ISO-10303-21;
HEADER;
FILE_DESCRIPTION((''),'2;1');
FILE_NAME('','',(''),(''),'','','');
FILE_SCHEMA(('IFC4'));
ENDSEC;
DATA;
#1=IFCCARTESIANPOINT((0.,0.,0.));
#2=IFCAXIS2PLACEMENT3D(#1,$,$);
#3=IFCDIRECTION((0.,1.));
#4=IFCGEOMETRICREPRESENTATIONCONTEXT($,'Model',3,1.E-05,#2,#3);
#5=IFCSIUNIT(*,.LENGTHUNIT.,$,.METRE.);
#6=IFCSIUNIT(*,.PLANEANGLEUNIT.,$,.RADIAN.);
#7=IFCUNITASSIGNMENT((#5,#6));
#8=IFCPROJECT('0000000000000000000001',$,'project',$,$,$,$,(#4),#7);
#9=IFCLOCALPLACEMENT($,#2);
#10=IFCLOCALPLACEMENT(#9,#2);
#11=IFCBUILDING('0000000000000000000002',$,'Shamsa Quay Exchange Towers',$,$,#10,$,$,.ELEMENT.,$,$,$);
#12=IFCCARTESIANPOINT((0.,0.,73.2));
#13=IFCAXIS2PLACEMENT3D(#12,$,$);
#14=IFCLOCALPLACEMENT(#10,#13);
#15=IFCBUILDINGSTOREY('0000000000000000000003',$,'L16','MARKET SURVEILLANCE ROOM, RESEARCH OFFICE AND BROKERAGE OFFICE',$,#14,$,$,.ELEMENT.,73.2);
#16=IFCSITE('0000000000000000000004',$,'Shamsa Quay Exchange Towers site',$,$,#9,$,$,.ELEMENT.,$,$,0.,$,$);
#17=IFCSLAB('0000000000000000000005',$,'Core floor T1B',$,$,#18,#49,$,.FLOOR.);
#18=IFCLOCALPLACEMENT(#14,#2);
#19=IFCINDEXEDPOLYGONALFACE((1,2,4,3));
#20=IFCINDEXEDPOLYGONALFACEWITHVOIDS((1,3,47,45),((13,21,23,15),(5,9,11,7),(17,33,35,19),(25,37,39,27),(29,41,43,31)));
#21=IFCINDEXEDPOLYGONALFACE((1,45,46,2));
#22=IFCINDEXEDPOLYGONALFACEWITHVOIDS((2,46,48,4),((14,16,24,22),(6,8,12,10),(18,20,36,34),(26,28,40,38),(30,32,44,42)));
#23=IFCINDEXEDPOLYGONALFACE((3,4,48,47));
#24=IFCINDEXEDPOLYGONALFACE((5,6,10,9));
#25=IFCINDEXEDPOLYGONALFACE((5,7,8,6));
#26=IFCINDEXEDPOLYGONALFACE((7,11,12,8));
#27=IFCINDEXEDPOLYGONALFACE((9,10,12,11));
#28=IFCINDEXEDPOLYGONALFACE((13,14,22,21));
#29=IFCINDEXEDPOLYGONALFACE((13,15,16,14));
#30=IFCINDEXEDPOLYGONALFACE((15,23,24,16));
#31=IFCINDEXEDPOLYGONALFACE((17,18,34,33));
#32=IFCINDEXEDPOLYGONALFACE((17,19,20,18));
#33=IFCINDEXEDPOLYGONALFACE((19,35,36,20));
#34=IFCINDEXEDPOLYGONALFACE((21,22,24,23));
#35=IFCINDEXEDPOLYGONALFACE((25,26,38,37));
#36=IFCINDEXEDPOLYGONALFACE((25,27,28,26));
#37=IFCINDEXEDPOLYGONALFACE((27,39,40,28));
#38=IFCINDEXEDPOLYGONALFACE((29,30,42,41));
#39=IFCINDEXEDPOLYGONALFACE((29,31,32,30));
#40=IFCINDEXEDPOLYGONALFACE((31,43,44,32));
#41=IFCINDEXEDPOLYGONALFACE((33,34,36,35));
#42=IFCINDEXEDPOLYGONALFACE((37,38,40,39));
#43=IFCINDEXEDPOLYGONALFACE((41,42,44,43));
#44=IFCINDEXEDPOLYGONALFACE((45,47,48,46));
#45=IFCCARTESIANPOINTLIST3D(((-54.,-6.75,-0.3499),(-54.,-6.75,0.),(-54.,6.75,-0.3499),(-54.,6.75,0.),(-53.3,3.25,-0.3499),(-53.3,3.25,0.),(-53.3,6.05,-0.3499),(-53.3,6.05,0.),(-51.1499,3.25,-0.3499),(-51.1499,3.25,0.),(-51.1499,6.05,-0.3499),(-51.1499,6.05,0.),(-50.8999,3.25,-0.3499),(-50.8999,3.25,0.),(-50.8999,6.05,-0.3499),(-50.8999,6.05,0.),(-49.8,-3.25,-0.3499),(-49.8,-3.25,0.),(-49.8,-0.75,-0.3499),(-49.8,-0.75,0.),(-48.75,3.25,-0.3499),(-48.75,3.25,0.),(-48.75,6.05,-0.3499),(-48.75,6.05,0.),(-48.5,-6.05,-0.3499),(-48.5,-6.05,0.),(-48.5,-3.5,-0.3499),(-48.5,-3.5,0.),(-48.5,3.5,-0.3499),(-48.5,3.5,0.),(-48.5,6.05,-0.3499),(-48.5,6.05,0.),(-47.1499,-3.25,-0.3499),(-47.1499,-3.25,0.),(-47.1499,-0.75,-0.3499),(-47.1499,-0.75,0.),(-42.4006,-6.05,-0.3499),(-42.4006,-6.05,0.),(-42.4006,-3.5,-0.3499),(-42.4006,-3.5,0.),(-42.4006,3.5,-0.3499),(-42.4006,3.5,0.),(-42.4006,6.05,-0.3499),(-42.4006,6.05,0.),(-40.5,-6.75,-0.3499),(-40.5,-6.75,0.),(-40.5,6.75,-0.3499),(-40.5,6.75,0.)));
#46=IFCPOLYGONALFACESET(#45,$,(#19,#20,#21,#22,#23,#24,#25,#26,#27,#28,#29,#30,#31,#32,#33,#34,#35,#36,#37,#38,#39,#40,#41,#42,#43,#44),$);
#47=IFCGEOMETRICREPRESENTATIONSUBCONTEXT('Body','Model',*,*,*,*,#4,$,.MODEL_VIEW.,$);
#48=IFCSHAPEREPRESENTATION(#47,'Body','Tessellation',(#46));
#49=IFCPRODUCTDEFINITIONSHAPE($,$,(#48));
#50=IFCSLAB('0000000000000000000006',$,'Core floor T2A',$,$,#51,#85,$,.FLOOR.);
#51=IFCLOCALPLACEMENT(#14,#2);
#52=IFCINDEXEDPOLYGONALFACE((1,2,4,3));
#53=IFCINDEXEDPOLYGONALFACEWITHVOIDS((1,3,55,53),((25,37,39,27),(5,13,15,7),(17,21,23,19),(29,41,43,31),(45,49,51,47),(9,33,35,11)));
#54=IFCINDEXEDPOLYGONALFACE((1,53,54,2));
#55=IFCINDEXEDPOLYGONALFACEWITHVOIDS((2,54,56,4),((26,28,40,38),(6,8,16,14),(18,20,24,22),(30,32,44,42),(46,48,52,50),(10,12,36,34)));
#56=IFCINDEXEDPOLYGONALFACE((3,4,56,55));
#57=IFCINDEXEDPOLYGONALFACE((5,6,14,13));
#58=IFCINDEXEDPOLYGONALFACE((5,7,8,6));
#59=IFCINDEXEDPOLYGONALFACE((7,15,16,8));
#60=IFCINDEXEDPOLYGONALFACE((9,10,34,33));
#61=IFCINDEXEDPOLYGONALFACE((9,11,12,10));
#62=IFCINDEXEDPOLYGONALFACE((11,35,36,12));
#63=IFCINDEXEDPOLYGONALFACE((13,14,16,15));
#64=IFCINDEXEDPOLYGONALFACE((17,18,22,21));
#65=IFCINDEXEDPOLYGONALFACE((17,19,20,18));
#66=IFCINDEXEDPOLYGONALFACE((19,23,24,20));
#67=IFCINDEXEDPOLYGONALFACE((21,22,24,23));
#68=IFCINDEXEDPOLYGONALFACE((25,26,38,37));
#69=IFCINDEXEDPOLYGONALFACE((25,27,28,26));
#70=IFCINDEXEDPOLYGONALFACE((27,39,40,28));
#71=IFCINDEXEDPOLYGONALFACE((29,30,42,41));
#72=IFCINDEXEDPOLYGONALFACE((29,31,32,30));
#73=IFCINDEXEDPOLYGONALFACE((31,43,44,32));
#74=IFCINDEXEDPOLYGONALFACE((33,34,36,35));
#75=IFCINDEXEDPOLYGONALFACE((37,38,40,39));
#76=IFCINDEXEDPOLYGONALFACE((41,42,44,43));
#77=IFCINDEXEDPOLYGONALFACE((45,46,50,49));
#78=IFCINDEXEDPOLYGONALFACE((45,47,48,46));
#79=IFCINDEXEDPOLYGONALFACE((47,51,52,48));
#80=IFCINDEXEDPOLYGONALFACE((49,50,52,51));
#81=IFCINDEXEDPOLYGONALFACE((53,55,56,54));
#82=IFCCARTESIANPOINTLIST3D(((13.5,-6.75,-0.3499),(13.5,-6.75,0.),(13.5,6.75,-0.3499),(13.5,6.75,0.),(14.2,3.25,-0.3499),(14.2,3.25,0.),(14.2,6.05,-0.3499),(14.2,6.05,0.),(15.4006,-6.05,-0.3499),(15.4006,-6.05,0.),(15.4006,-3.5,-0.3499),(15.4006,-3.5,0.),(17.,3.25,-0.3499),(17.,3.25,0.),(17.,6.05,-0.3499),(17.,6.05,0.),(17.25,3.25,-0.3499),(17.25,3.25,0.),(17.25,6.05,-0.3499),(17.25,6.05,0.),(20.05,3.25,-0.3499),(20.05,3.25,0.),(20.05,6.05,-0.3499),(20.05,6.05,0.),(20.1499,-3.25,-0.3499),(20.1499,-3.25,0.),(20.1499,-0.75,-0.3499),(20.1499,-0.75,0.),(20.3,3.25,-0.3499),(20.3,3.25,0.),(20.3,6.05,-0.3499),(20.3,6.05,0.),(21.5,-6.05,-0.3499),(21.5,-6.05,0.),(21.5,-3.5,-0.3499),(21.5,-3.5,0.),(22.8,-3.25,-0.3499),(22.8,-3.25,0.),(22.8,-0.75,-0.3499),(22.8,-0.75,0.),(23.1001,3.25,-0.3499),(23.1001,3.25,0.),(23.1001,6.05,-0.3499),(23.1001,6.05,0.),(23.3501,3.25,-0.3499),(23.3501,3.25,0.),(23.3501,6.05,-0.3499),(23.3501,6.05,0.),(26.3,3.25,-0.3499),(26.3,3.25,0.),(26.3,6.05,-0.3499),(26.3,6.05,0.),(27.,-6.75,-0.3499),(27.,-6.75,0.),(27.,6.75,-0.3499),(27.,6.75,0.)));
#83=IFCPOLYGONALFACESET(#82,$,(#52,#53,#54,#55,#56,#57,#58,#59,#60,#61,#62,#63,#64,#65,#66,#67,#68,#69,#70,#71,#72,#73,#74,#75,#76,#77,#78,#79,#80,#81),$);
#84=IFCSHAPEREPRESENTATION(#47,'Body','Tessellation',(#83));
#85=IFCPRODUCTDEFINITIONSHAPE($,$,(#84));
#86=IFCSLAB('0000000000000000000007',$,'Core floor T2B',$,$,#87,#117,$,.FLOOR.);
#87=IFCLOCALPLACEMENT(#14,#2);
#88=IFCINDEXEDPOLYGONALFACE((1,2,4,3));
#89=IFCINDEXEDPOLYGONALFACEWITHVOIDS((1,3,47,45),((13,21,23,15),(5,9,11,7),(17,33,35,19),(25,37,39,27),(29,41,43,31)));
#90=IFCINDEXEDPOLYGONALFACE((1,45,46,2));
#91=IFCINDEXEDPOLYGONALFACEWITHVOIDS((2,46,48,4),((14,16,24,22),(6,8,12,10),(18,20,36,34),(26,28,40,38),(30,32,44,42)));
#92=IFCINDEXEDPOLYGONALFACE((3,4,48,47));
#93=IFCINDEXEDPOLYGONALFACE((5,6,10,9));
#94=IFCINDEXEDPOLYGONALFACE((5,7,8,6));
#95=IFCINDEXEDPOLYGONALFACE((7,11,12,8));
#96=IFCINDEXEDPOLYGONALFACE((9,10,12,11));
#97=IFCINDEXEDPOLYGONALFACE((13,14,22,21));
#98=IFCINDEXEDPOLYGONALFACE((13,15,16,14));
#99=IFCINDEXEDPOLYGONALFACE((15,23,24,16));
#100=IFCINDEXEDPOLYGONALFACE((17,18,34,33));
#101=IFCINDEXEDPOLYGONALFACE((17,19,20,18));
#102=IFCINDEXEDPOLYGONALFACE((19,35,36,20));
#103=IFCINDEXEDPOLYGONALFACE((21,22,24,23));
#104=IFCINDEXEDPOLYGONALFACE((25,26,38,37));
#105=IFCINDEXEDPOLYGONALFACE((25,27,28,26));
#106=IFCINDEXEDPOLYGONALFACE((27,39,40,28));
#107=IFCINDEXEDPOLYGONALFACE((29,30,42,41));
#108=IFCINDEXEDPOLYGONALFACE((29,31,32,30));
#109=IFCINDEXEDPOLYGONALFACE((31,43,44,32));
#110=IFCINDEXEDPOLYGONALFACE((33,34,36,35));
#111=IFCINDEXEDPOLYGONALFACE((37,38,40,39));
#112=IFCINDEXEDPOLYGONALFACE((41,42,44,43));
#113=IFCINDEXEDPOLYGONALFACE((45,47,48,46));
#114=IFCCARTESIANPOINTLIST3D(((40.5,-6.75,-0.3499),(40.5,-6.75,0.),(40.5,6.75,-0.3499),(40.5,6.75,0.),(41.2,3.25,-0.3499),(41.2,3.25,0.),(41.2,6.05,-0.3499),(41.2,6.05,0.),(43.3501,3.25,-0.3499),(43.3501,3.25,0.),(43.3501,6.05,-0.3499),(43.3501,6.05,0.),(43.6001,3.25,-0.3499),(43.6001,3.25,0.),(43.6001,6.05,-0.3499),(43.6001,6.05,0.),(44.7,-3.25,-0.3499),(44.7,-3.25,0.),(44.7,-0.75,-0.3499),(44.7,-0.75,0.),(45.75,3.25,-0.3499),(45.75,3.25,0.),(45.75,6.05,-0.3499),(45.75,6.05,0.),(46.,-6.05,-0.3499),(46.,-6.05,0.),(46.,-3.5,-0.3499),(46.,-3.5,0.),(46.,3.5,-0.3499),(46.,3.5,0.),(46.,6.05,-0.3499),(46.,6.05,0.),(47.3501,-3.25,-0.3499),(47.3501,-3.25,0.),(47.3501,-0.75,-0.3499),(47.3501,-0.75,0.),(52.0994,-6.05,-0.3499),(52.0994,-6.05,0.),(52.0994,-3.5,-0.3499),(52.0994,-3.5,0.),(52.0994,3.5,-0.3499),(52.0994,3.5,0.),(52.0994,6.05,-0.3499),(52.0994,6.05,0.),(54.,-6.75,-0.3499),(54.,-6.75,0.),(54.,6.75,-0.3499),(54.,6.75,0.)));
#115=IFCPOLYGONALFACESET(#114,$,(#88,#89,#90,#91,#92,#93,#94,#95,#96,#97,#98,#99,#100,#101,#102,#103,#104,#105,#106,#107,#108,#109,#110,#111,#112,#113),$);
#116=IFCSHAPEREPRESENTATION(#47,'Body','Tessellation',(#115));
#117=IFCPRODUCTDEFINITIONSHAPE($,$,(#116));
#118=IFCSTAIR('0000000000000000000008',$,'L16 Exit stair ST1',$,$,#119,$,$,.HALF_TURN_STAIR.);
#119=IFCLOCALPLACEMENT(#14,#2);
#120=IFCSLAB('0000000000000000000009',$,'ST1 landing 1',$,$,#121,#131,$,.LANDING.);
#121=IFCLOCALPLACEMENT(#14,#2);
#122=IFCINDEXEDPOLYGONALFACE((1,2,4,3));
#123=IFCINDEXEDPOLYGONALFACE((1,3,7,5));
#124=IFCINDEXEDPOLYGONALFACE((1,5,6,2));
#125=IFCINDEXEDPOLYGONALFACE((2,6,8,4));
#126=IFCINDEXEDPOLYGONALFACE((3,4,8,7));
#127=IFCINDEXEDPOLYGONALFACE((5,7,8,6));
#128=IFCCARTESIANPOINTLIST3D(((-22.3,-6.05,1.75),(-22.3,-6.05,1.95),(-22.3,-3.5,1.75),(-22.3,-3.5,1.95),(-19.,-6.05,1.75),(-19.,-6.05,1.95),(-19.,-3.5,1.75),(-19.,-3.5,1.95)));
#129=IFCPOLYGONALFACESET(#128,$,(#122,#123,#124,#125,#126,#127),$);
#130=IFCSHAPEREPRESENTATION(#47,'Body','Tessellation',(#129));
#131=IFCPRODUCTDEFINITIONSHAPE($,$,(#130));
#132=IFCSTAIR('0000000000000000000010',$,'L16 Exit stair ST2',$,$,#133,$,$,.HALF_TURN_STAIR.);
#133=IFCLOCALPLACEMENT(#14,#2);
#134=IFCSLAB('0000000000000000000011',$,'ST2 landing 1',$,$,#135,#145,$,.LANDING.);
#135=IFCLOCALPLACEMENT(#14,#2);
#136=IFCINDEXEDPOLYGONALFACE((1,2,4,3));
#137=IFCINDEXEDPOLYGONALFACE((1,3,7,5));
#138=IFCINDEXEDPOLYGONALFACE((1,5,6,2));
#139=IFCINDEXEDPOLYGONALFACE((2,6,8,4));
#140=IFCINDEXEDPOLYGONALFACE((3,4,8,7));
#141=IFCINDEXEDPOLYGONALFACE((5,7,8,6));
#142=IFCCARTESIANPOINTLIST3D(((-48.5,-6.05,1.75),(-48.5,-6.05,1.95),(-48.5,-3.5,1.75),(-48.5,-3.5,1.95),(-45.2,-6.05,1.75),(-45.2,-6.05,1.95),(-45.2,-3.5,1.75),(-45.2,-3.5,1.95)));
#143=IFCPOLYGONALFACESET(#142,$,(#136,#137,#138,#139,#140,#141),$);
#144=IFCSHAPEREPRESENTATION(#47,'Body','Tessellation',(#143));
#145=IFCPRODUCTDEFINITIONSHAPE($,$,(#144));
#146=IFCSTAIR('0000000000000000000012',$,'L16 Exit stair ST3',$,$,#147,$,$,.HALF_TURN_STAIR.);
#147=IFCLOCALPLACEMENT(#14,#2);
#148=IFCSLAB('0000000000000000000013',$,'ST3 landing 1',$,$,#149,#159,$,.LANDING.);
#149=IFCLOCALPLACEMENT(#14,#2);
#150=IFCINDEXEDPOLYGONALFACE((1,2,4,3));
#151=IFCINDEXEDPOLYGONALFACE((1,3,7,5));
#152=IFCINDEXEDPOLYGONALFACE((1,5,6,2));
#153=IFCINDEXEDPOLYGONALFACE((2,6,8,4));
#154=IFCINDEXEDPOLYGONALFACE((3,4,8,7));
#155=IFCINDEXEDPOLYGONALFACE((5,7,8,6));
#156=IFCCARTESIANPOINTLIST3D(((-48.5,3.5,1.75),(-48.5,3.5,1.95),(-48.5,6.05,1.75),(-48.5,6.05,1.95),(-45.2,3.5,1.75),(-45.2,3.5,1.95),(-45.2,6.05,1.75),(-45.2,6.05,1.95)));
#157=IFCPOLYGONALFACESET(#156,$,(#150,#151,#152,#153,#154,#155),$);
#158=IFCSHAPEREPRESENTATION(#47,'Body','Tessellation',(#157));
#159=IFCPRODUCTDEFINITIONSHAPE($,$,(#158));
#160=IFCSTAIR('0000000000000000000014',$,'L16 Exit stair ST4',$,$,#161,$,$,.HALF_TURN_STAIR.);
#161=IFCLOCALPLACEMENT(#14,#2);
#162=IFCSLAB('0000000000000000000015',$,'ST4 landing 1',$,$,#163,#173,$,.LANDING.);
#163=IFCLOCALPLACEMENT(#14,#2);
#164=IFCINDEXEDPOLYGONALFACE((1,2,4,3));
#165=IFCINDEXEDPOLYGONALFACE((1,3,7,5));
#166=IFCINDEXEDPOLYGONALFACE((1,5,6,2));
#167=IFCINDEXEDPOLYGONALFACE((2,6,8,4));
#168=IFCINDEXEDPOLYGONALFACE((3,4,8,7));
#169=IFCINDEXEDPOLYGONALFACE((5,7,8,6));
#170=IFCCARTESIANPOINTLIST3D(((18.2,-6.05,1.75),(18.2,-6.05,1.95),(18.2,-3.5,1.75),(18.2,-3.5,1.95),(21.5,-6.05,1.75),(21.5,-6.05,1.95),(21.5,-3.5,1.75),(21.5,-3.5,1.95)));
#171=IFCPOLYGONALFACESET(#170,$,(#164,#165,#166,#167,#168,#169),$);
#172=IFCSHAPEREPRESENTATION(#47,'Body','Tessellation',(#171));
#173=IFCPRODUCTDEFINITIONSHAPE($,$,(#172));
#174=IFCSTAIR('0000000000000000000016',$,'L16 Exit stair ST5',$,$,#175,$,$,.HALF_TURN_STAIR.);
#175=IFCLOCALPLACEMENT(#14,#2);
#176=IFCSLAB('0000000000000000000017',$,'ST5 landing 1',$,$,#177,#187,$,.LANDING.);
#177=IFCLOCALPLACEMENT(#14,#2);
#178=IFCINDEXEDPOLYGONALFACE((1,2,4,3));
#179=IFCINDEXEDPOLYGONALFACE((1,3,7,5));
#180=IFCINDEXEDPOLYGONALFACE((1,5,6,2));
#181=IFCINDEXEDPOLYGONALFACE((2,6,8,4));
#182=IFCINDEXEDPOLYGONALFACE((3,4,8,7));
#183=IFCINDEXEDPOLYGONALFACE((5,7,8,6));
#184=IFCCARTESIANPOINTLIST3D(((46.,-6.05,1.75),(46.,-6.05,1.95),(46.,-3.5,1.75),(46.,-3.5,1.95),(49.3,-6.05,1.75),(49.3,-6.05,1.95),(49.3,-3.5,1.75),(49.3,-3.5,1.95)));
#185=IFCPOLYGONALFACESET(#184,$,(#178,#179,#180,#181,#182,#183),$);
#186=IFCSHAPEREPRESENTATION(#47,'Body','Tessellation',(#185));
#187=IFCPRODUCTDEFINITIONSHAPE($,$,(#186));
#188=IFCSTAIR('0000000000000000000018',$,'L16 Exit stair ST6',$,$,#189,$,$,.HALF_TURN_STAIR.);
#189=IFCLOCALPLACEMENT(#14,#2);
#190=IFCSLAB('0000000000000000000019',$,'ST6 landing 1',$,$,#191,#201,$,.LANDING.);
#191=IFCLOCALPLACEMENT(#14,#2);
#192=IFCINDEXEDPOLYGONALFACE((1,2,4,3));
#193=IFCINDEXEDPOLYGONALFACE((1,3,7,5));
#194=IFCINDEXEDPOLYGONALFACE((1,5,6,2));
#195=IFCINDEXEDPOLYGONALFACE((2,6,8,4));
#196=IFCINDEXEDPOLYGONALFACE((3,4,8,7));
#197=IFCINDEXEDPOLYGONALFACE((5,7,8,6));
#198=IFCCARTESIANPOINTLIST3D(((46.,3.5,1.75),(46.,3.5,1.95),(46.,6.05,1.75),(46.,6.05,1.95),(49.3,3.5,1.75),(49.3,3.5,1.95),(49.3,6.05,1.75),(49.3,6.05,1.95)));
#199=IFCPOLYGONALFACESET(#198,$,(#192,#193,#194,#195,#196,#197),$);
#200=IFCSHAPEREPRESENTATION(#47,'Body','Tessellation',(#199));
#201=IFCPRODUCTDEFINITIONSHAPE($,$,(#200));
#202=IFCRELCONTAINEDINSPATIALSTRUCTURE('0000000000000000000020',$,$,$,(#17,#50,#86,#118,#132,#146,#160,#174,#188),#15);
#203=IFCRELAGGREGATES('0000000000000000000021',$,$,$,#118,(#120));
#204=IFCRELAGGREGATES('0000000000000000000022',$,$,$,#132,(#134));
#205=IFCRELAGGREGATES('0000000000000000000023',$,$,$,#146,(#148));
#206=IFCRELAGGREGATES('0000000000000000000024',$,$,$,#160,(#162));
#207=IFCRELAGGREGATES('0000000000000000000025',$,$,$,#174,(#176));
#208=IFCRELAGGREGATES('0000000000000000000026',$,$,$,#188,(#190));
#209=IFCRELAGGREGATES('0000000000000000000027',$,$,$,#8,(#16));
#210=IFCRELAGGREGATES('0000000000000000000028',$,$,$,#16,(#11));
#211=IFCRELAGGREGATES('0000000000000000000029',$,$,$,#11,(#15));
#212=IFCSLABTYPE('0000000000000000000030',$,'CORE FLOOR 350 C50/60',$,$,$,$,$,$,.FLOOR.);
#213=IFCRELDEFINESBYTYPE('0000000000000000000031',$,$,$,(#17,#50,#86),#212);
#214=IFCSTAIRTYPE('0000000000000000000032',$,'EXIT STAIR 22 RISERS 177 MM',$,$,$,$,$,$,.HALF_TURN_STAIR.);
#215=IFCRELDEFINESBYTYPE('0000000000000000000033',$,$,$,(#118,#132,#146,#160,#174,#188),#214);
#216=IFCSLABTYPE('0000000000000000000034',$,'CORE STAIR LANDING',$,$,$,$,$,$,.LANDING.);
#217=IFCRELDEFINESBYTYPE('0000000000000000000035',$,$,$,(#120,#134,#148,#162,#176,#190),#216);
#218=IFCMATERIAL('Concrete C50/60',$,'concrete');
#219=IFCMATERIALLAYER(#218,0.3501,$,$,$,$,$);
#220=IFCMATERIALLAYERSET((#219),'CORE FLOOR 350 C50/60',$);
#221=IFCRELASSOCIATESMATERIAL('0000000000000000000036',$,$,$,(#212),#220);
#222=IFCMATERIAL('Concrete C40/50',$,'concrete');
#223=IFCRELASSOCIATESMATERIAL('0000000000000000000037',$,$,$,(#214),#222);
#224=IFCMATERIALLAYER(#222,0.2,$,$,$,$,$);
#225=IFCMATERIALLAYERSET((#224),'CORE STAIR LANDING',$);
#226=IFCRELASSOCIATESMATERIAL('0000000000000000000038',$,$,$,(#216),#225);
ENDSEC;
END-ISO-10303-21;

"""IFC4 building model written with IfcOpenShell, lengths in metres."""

from ifc_helpers import new_model, si_unit, direction, frame, origin, place, context, subcontext, project, spatial, polyline, outline, extrude, material, layer, layer_set, type_object, element, aggregate, save


model = new_model("IFC4")

# Units and contexts
model_context = context("Model", 3, precision=1e-05, world=origin(), true_north=direction((0.0, 1.0)))
body_context = subcontext(model_context, "Body", "Model", "MODEL_VIEW")
ifc_project = project(units=[si_unit("LENGTHUNIT", "METRE"), si_unit("PLANEANGLEUNIT", "RADIAN")], contexts=[model_context])

# Site, building, storey
site_placement = place(None, origin())
site = spatial("IfcSite", under=ifc_project, at=site_placement, Name="Shamsa Quay Exchange Towers site", CompositionType="ELEMENT", RefElevation=0.0)
building_placement = place(site_placement, origin())
building = spatial("IfcBuilding", under=site, at=building_placement, Name="Shamsa Quay Exchange Towers", CompositionType="ELEMENT")
storey_placement = place(building_placement, frame((0.0, 0.0, 73.2)))
storey = spatial("IfcBuildingStorey", under=building, at=storey_placement, Name="L16", Description="MARKET SURVEILLANCE ROOM, RESEARCH OFFICE AND BROKERAGE OFFICE", CompositionType="ELEMENT", Elevation=73.2)

# Slabs
ifc_material_1 = material(Name="Concrete C50/60", Category="concrete")
ifc_layer_1 = layer(ifc_material_1, 0.3501)
ifc_layer_set_1 = layer_set([ifc_layer_1], Name="CORE FLOOR 350 C50/60")
slab_type_1 = type_object("IfcSlabType", Name="CORE FLOOR 350 C50/60", PredefinedType="FLOOR", material=ifc_layer_set_1)
slab_1_placement = place(storey_placement, frame((0.0, 0.0, -0.3499)))
element("IfcSlab", 1, at=slab_1_placement, inside=storey, type_object=slab_type_1, Name="Core floor T1B", PredefinedType="FLOOR", context=body_context, shape_type="SweptSolid", body=[
    extrude(outline(polyline([(-40.5, -6.75), (-40.5, 6.75), (-54.0, 6.75), (-54.0, -6.75), (-40.5, -6.75)]), holes=[polyline([(-42.4006, -3.5), (-42.4006, -6.05), (-48.5, -6.05), (-48.5, -3.5), (-42.4006, -3.5)]), polyline([(-42.4006, 6.05), (-42.4006, 3.5), (-48.5, 3.5), (-48.5, 6.05), (-42.4006, 6.05)]), polyline([(-48.75, 3.25), (-50.8999, 3.25), (-50.8999, 6.05), (-48.75, 6.05), (-48.75, 3.25)]), polyline([(-51.1499, 3.25), (-53.3, 3.25), (-53.3, 6.05), (-51.1499, 6.05), (-51.1499, 3.25)]), polyline([(-47.1499, -3.25), (-49.8, -3.25), (-49.8, -0.75), (-47.1499, -0.75), (-47.1499, -3.25)])]), origin(), (0.0, 0.0, 1.0), 0.3499),
])
slab_2_placement = place(storey_placement, frame((0.0, 0.0, -0.3499)))
element("IfcSlab", 2, at=slab_2_placement, inside=storey, type_object=slab_type_1, Name="Core floor T2A", PredefinedType="FLOOR", context=body_context, shape_type="SweptSolid", body=[
    extrude(outline(polyline([(13.5, -6.75), (27.0, -6.75), (27.0, 6.75), (13.5, 6.75), (13.5, -6.75)]), holes=[polyline([(15.4006, -6.05), (15.4006, -3.5), (21.5, -3.5), (21.5, -6.05), (15.4006, -6.05)]), polyline([(14.2, 3.25), (14.2, 6.05), (17.0, 6.05), (17.0, 3.25), (14.2, 3.25)]), polyline([(17.25, 3.25), (17.25, 6.05), (20.05, 6.05), (20.05, 3.25), (17.25, 3.25)]), polyline([(20.3, 3.25), (20.3, 6.05), (23.1001, 6.05), (23.1001, 3.25), (20.3, 3.25)]), polyline([(23.3501, 3.25), (23.3501, 6.05), (26.3, 6.05), (26.3, 3.25), (23.3501, 3.25)]), polyline([(20.1499, -3.25), (20.1499, -0.75), (22.8, -0.75), (22.8, -3.25), (20.1499, -3.25)])]), origin(), (0.0, 0.0, 1.0), 0.3499),
])
slab_3_placement = place(storey_placement, frame((0.0, 0.0, -0.3499)))
element("IfcSlab", 3, at=slab_3_placement, inside=storey, type_object=slab_type_1, Name="Core floor T2B", PredefinedType="FLOOR", context=body_context, shape_type="SweptSolid", body=[
    extrude(outline(polyline([(54.0, -6.75), (54.0, 6.75), (40.5, 6.75), (40.5, -6.75), (54.0, -6.75)]), holes=[polyline([(52.0994, -3.5), (52.0994, -6.05), (46.0, -6.05), (46.0, -3.5), (52.0994, -3.5)]), polyline([(52.0994, 6.05), (52.0994, 3.5), (46.0, 3.5), (46.0, 6.05), (52.0994, 6.05)]), polyline([(45.75, 3.25), (43.6001, 3.25), (43.6001, 6.05), (45.75, 6.05), (45.75, 3.25)]), polyline([(43.3501, 3.25), (41.2, 3.25), (41.2, 6.05), (43.3501, 6.05), (43.3501, 3.25)]), polyline([(47.3501, -3.25), (44.7, -3.25), (44.7, -0.75), (47.3501, -0.75), (47.3501, -3.25)])]), origin(), (0.0, 0.0, 1.0), 0.3499),
])

# Stairs, slabs
ifc_material_2 = material(Name="Concrete C40/50", Category="concrete")
stair_type = type_object("IfcStairType", Name="EXIT STAIR 22 RISERS 177 MM", PredefinedType="HALF_TURN_STAIR", material=ifc_material_2)
stair_1_placement = place(storey_placement, origin())
stair_1 = element("IfcStair", 4, at=stair_1_placement, inside=storey, type_object=stair_type, Name="L16 Exit stair ST1", PredefinedType="HALF_TURN_STAIR")
ifc_layer_2 = layer(ifc_material_2, 0.2)
ifc_layer_set_2 = layer_set([ifc_layer_2], Name="CORE STAIR LANDING")
slab_type_2 = type_object("IfcSlabType", Name="CORE STAIR LANDING", PredefinedType="LANDING", material=ifc_layer_set_2)
slab_4_placement = place(storey_placement, frame((0.0, 0.0, 1.75)))
slab_4 = element("IfcSlab", 5, at=slab_4_placement, type_object=slab_type_2, Name="ST1 landing 1", PredefinedType="LANDING", context=body_context, shape_type="SweptSolid", body=[
    extrude(outline(polyline([(-22.3, -6.05), (-19.0, -6.05), (-19.0, -3.5), (-22.3, -3.5), (-22.3, -6.05)])), origin(), (0.0, 0.0, 1.0), 0.2),
])
aggregate(stair_1, [slab_4])
stair_2_placement = place(storey_placement, origin())
stair_2 = element("IfcStair", 6, at=stair_2_placement, inside=storey, type_object=stair_type, Name="L16 Exit stair ST2", PredefinedType="HALF_TURN_STAIR")
slab_5_placement = place(storey_placement, frame((0.0, 0.0, 1.75)))
slab_5 = element("IfcSlab", 7, at=slab_5_placement, type_object=slab_type_2, Name="ST2 landing 1", PredefinedType="LANDING", context=body_context, shape_type="SweptSolid", body=[
    extrude(outline(polyline([(-45.2, -3.5), (-48.5, -3.5), (-48.5, -6.05), (-45.2, -6.05), (-45.2, -3.5)])), origin(), (0.0, 0.0, 1.0), 0.2),
])
aggregate(stair_2, [slab_5])
stair_3_placement = place(storey_placement, origin())
stair_3 = element("IfcStair", 8, at=stair_3_placement, inside=storey, type_object=stair_type, Name="L16 Exit stair ST3", PredefinedType="HALF_TURN_STAIR")
slab_6_placement = place(storey_placement, frame((0.0, 0.0, 1.75)))
slab_6 = element("IfcSlab", 9, at=slab_6_placement, type_object=slab_type_2, Name="ST3 landing 1", PredefinedType="LANDING", context=body_context, shape_type="SweptSolid", body=[
    extrude(outline(polyline([(-45.2, 6.05), (-48.5, 6.05), (-48.5, 3.5), (-45.2, 3.5), (-45.2, 6.05)])), origin(), (0.0, 0.0, 1.0), 0.2),
])
aggregate(stair_3, [slab_6])
stair_4_placement = place(storey_placement, origin())
stair_4 = element("IfcStair", 10, at=stair_4_placement, inside=storey, type_object=stair_type, Name="L16 Exit stair ST4", PredefinedType="HALF_TURN_STAIR")
slab_7_placement = place(storey_placement, frame((0.0, 0.0, 1.75)))
slab_7 = element("IfcSlab", 11, at=slab_7_placement, type_object=slab_type_2, Name="ST4 landing 1", PredefinedType="LANDING", context=body_context, shape_type="SweptSolid", body=[
    extrude(outline(polyline([(18.2, -6.05), (21.5, -6.05), (21.5, -3.5), (18.2, -3.5), (18.2, -6.05)])), origin(), (0.0, 0.0, 1.0), 0.2),
])
aggregate(stair_4, [slab_7])
stair_5_placement = place(storey_placement, origin())
stair_5 = element("IfcStair", 12, at=stair_5_placement, inside=storey, type_object=stair_type, Name="L16 Exit stair ST5", PredefinedType="HALF_TURN_STAIR")
slab_8_placement = place(storey_placement, frame((0.0, 0.0, 1.75)))
slab_8 = element("IfcSlab", 13, at=slab_8_placement, type_object=slab_type_2, Name="ST5 landing 1", PredefinedType="LANDING", context=body_context, shape_type="SweptSolid", body=[
    extrude(outline(polyline([(49.3, -3.5), (46.0, -3.5), (46.0, -6.05), (49.3, -6.05), (49.3, -3.5)])), origin(), (0.0, 0.0, 1.0), 0.2),
])
aggregate(stair_5, [slab_8])
stair_6_placement = place(storey_placement, origin())
stair_6 = element("IfcStair", 14, at=stair_6_placement, inside=storey, type_object=stair_type, Name="L16 Exit stair ST6", PredefinedType="HALF_TURN_STAIR")
slab_9_placement = place(storey_placement, frame((0.0, 0.0, 1.75)))
slab_9 = element("IfcSlab", 15, at=slab_9_placement, type_object=slab_type_2, Name="ST6 landing 1", PredefinedType="LANDING", context=body_context, shape_type="SweptSolid", body=[
    extrude(outline(polyline([(49.3, 6.05), (46.0, 6.05), (46.0, 3.5), (49.3, 3.5), (49.3, 6.05)])), origin(), (0.0, 0.0, 1.0), 0.2),
])
aggregate(stair_6, [slab_9])

save(model, "model.ifc")
